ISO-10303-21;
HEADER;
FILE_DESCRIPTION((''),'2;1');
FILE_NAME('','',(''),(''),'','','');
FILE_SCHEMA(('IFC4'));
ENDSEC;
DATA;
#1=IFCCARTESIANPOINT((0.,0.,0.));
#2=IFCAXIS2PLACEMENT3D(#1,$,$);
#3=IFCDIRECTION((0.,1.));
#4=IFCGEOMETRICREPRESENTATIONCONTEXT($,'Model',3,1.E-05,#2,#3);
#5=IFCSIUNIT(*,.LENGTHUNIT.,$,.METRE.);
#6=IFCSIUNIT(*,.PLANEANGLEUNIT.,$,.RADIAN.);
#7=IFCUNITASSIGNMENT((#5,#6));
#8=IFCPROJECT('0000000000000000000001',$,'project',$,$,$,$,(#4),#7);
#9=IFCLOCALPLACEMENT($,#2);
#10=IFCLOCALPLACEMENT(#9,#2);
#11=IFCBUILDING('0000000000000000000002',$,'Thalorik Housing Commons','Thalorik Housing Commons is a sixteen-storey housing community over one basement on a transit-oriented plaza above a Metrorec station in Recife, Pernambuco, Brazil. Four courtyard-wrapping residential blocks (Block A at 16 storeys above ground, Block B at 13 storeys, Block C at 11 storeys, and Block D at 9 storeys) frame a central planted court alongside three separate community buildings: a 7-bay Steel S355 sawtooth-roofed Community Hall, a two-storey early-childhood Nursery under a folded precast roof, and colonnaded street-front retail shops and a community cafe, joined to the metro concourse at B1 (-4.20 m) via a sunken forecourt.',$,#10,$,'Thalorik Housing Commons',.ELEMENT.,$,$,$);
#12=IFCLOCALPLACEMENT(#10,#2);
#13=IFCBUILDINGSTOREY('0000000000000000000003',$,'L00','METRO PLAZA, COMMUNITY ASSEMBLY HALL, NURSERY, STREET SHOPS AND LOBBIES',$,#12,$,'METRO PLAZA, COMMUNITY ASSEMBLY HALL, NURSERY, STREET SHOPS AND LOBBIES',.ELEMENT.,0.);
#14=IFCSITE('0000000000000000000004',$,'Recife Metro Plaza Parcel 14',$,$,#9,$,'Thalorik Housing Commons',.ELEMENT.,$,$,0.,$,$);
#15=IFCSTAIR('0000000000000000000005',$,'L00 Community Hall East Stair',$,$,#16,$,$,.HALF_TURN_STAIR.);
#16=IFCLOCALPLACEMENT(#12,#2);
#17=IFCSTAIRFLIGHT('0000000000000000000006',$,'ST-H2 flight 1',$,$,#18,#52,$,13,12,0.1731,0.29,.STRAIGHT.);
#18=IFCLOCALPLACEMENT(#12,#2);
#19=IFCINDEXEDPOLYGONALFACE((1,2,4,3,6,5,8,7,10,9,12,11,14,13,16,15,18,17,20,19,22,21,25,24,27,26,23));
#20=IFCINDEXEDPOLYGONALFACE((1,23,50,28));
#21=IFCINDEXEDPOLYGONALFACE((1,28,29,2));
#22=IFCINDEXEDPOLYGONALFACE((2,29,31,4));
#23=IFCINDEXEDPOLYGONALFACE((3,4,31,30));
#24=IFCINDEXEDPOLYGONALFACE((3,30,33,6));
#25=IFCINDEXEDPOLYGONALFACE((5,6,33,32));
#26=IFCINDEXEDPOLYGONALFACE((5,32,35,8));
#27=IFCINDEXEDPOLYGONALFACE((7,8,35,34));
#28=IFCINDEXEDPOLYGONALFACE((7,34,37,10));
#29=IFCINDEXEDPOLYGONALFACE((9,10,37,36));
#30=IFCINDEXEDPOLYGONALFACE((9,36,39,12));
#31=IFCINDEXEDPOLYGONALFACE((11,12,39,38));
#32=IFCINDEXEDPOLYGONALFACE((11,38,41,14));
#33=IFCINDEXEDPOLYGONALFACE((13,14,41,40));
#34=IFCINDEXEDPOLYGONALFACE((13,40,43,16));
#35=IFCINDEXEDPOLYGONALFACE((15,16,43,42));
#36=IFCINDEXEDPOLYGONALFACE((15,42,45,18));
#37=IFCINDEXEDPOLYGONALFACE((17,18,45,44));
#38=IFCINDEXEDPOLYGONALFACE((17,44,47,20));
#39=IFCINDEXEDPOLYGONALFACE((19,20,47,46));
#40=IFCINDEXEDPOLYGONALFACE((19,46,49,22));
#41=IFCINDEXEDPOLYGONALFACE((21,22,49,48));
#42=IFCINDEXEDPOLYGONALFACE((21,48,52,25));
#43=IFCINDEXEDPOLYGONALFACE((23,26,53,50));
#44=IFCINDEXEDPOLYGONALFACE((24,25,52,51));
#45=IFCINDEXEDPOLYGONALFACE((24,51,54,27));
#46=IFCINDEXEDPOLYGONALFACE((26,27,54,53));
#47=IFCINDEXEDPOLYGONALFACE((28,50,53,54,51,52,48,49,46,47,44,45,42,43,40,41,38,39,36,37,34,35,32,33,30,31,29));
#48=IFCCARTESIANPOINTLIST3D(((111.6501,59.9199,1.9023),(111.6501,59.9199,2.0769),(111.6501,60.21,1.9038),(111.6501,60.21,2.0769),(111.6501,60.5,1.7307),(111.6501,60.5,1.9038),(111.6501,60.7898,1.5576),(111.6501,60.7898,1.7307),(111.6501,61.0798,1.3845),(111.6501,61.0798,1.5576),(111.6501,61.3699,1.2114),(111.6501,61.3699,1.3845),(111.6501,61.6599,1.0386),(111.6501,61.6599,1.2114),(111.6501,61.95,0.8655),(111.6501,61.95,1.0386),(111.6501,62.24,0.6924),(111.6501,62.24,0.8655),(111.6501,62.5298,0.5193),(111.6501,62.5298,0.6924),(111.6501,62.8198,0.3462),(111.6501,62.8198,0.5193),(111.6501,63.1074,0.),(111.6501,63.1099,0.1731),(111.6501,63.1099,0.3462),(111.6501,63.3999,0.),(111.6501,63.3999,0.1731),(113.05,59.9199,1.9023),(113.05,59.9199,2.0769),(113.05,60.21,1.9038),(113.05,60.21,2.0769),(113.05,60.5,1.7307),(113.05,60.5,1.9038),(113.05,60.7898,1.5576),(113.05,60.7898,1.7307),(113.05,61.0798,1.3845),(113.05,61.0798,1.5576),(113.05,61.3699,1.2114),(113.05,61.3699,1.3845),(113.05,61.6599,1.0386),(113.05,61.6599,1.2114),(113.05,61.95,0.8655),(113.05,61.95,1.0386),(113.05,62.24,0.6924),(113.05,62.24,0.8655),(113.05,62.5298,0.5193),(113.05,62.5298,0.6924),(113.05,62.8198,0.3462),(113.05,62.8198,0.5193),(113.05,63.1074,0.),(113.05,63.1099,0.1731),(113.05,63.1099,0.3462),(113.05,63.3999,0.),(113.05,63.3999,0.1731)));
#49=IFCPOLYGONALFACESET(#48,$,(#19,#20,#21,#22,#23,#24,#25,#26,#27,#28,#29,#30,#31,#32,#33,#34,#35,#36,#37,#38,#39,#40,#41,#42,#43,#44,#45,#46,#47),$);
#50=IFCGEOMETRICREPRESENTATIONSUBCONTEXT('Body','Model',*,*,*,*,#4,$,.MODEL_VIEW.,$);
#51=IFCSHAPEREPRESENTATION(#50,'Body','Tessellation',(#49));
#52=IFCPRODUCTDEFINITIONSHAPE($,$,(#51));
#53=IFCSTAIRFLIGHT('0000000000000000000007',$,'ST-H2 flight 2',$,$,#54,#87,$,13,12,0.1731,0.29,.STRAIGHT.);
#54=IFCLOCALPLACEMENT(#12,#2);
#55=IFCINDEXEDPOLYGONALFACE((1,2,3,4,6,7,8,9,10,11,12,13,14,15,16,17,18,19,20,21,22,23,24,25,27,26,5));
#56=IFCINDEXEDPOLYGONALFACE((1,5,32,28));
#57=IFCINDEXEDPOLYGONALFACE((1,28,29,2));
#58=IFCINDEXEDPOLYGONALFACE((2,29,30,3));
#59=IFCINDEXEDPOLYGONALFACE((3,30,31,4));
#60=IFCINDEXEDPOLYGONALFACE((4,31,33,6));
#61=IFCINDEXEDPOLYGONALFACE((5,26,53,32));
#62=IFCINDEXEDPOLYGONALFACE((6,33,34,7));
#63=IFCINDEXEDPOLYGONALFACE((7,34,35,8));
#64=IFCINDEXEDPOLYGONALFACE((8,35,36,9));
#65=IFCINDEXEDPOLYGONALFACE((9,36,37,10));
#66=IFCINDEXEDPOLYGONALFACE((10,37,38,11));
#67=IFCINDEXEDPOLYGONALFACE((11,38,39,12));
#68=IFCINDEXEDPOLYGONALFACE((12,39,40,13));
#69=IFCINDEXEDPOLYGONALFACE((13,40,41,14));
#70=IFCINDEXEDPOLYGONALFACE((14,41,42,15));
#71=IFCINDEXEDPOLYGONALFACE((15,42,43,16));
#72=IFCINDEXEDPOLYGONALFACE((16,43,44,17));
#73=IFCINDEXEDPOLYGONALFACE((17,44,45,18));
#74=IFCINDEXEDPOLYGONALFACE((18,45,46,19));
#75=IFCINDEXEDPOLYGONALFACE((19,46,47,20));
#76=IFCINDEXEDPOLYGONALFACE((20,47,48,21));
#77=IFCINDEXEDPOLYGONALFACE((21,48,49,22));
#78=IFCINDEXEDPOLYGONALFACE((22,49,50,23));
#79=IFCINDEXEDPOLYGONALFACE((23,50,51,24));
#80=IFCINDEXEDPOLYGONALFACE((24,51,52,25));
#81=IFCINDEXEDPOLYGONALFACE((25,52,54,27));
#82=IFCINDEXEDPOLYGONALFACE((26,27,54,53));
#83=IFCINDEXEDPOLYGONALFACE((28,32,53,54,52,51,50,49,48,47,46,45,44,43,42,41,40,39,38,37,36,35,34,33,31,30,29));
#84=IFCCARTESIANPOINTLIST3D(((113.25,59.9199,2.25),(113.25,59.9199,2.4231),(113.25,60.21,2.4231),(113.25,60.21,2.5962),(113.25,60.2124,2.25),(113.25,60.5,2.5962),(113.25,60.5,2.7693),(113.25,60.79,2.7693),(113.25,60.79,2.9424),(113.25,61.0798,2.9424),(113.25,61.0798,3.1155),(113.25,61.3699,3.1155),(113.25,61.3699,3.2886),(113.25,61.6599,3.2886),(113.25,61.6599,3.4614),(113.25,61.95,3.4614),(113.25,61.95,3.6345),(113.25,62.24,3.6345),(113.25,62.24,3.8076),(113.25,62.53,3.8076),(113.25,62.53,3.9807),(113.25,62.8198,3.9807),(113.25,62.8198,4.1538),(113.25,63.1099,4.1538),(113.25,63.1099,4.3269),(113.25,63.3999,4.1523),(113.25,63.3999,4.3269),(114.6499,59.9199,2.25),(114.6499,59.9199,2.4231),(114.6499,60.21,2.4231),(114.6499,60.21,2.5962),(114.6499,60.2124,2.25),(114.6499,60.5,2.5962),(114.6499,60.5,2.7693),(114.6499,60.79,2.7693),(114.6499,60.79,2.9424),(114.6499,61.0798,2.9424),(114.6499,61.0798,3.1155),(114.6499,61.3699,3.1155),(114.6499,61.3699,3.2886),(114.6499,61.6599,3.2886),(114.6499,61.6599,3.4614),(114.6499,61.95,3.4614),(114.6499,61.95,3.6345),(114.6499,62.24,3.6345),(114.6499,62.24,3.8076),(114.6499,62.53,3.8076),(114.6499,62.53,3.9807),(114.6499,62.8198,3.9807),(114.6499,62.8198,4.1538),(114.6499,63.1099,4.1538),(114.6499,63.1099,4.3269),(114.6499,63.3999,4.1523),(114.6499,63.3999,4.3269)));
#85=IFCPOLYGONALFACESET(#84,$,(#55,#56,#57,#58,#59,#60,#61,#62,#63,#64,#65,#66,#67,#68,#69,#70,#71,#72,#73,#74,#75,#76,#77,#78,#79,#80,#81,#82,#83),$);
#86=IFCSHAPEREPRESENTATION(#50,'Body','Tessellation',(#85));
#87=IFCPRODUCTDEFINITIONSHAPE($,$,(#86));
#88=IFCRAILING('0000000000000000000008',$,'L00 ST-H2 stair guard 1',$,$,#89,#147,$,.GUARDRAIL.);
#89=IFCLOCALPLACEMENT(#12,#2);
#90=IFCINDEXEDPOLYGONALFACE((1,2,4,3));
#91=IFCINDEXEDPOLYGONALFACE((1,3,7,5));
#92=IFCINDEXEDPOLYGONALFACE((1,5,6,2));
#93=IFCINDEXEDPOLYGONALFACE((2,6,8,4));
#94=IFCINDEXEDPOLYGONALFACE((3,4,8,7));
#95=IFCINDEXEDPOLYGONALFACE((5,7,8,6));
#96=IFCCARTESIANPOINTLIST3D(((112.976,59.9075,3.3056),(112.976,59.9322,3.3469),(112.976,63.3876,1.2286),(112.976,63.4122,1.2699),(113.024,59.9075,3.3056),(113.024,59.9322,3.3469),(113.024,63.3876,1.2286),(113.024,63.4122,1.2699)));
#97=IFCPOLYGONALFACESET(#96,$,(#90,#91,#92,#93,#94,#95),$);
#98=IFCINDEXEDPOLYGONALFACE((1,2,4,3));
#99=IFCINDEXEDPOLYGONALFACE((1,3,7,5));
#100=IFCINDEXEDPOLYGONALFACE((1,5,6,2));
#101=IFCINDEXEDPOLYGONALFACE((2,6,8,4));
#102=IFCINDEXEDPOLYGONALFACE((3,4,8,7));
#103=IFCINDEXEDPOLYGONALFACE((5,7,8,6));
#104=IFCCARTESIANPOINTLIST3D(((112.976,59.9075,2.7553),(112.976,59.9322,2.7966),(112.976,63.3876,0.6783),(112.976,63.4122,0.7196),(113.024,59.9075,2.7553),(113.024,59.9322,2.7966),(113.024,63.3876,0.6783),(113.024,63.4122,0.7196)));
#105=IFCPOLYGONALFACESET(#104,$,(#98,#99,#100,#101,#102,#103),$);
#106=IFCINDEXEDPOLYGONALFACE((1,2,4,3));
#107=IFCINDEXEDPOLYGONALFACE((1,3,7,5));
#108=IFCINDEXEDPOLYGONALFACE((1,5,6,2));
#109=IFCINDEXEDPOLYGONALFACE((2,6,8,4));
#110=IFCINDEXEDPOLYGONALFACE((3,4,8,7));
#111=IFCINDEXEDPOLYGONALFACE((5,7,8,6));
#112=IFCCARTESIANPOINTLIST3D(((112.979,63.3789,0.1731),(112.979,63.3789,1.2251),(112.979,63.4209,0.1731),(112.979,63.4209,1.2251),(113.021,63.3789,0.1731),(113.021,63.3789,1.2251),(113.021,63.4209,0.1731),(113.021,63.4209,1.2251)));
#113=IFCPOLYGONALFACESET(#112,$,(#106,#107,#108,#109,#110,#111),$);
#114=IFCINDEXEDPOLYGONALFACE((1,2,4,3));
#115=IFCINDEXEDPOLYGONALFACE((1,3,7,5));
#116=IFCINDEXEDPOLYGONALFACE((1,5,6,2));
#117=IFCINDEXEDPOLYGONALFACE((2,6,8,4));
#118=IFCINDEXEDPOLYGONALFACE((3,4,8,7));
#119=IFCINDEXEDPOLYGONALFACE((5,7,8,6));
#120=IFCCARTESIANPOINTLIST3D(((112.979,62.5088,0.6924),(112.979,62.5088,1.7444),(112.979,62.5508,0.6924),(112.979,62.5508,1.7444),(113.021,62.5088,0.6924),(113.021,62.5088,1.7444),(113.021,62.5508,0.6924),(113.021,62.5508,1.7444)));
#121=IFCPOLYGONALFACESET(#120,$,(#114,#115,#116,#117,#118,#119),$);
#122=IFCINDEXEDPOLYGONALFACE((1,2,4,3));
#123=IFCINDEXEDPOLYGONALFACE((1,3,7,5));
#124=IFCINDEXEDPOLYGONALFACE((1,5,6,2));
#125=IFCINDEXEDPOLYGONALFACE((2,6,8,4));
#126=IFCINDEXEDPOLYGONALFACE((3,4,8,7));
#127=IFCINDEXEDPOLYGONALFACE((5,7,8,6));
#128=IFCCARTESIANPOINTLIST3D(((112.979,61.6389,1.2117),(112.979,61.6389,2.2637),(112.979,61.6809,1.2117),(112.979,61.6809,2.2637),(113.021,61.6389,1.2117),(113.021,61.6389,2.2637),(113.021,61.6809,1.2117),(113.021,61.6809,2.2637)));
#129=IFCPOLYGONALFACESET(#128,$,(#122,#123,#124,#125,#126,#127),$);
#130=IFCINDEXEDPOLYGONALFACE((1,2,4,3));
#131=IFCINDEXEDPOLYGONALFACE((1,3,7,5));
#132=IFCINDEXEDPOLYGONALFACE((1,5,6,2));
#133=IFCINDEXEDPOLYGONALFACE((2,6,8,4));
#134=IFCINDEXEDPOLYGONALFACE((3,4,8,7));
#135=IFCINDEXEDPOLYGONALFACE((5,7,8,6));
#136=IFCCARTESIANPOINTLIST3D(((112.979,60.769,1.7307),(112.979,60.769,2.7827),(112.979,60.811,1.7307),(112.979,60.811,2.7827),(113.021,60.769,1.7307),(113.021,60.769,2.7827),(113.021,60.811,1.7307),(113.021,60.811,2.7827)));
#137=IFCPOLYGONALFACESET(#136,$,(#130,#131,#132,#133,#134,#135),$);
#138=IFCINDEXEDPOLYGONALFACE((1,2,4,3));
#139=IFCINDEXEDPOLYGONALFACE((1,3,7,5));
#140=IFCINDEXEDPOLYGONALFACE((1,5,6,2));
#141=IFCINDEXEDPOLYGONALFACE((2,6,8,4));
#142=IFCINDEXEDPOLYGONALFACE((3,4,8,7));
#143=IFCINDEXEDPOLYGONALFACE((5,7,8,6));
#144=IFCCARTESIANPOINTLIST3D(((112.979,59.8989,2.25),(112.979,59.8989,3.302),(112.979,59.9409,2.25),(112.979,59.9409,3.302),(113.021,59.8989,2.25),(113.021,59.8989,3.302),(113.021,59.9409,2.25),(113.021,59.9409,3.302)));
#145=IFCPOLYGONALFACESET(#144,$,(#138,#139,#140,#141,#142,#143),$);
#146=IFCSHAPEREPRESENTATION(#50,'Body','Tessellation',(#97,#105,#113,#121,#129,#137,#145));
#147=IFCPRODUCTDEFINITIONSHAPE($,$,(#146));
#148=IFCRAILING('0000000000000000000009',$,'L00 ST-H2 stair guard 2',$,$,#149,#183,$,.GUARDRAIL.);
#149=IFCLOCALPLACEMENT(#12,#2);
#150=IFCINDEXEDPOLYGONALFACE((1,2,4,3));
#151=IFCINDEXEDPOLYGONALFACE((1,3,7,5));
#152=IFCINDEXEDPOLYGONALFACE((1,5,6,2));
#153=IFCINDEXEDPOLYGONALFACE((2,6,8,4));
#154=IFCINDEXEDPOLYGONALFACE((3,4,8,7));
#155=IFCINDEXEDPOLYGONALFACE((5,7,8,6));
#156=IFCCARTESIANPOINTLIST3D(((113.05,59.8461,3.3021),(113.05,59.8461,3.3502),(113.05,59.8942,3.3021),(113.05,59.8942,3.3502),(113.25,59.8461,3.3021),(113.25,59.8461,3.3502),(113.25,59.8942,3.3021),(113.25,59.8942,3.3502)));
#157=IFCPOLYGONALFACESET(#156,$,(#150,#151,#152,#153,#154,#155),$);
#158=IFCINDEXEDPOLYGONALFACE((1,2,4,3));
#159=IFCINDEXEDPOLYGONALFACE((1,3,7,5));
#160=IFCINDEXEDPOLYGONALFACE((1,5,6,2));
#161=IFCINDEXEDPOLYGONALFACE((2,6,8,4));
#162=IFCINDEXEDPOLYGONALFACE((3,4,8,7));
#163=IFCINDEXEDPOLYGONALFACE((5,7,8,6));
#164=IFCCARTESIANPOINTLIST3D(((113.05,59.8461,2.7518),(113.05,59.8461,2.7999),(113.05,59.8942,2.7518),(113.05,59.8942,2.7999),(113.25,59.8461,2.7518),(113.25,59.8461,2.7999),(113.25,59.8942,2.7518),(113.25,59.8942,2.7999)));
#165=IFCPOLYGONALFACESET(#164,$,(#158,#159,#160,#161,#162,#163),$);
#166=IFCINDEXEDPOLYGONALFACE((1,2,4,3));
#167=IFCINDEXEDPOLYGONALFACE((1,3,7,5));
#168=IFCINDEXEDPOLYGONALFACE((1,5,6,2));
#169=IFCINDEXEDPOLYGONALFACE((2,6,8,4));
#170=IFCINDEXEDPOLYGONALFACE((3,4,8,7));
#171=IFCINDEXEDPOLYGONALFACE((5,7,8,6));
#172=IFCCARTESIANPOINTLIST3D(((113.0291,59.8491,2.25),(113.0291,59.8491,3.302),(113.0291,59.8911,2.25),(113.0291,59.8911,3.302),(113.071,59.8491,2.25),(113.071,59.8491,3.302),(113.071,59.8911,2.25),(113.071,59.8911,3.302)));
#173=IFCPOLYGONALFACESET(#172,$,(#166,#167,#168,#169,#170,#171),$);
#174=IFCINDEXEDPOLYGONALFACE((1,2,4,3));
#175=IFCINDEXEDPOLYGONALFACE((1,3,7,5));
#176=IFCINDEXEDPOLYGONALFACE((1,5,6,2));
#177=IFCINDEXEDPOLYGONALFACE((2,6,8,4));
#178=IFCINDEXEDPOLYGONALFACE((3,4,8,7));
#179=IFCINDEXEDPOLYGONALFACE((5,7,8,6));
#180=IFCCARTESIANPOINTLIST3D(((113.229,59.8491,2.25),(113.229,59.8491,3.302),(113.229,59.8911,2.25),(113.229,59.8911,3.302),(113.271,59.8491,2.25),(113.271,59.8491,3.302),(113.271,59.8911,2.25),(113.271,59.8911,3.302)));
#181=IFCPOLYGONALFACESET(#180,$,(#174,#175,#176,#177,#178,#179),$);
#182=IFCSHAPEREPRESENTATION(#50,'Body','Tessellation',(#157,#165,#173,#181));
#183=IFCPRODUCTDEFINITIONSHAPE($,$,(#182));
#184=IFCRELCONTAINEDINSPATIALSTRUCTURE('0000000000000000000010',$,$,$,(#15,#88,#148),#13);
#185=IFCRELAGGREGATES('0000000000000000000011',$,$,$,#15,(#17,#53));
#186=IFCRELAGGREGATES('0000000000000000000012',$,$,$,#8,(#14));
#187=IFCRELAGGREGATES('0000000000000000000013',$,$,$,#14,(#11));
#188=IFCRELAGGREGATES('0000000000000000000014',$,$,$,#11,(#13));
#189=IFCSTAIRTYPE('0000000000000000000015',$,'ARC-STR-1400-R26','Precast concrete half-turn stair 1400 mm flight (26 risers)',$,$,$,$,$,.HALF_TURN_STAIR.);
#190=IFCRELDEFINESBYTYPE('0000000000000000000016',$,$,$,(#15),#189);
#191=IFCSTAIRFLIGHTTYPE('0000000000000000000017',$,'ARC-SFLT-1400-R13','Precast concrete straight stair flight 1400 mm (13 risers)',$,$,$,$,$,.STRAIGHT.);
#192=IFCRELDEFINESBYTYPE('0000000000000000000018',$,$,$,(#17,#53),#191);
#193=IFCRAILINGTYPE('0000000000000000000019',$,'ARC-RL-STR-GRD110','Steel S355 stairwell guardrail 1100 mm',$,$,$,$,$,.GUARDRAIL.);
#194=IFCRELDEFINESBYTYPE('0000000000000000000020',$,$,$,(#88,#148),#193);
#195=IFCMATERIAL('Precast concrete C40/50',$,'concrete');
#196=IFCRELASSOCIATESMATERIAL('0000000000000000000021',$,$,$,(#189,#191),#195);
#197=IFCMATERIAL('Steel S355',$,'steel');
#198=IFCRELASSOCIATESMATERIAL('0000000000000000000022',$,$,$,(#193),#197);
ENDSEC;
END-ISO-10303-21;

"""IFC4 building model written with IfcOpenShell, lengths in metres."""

from ifc_helpers import new_model, si_unit, direction, frame, origin, origin_2d, place, context, subcontext, project, spatial, polyline, rectangle, outline, extrude, material, type_object, element, aggregate, save


model = new_model("IFC4")

# Units and contexts
model_context = context("Model", 3, precision=1e-05, world=origin(), true_north=direction((0.0, 1.0)))
body_context = subcontext(model_context, "Body", "Model", "MODEL_VIEW")
ifc_project = project(units=[si_unit("LENGTHUNIT", "METRE"), si_unit("PLANEANGLEUNIT", "RADIAN")], contexts=[model_context])

# Site, building, storey
site_placement = place(None, origin())
site = spatial("IfcSite", under=ifc_project, at=site_placement, Name="Recife Metro Plaza Parcel 14", LongName="Thalorik Housing Commons", CompositionType="ELEMENT", RefElevation=0.0)
building_placement = place(site_placement, origin())
building = spatial("IfcBuilding", under=site, at=building_placement, Name="Thalorik Housing Commons", Description="Thalorik Housing Commons is a sixteen-storey housing community over one basement on a transit-oriented plaza above a Metrorec station in Recife, Pernambuco, Brazil. Four courtyard-wrapping residential blocks (Block A at 16 storeys above ground, Block B at 13 storeys, Block C at 11 storeys, and Block D at 9 storeys) frame a central planted court alongside three separate community buildings: a 7-bay Steel S355 sawtooth-roofed Community Hall, a two-storey early-childhood Nursery under a folded precast roof, and colonnaded street-front retail shops and a community cafe, joined to the metro concourse at B1 (-4.20 m) via a sunken forecourt.", LongName="Thalorik Housing Commons", CompositionType="ELEMENT")
storey_placement = place(building_placement, origin())
storey = spatial("IfcBuildingStorey", under=building, at=storey_placement, Name="L00", Description="METRO PLAZA, COMMUNITY ASSEMBLY HALL, NURSERY, STREET SHOPS AND LOBBIES", LongName="METRO PLAZA, COMMUNITY ASSEMBLY HALL, NURSERY, STREET SHOPS AND LOBBIES", CompositionType="ELEMENT", Elevation=0.0)

# Shared definitions
ifc_material_1 = material(Name="Steel S355", Category="steel")

# Shared definitions
ifc_material_2 = material(Name="Precast concrete C40/50", Category="concrete")

# Stair, stair flights
stair_type = type_object("IfcStairType", Name="ARC-STR-1400-R26", Description="Precast concrete half-turn stair 1400 mm flight (26 risers)", PredefinedType="HALF_TURN_STAIR", material=ifc_material_2)
stair_placement = place(storey_placement, origin())
stair = element("IfcStair", 1, at=stair_placement, inside=storey, type_object=stair_type, Name="L00 Community Hall East Stair", PredefinedType="HALF_TURN_STAIR")
stair_flight_type = type_object("IfcStairFlightType", Name="ARC-SFLT-1400-R13", Description="Precast concrete straight stair flight 1400 mm (13 risers)", PredefinedType="STRAIGHT", material=ifc_material_2)
stair_flight_1_placement = place(storey_placement, frame((112.3501, 63.3999, 0.0), z_axis=(0.0, 0.0, 1.0), x_axis=(0.0, -1.0, 0.0)))
stair_flight_1 = element("IfcStairFlight", 2, at=stair_flight_1_placement, type_object=stair_flight_type, Name="ST-H2 flight 1", NumberOfRisers=13, NumberOfTreads=12, PredefinedType="STRAIGHT", RiserHeight=0.1731, TreadLength=0.29, context=body_context, shape_type="SweptSolid", body=[
    extrude(outline(polyline([(0.0, 0.0), (0.0, 0.1731), (0.29, 0.1731), (0.29, 0.3462), (0.5801, 0.3462), (0.5801, 0.5193), (0.8701, 0.5193), (0.8701, 0.6924), (1.1599, 0.6924), (1.1599, 0.8655), (1.45, 0.8655), (1.45, 1.0386), (1.74, 1.0386), (1.74, 1.2114), (2.03, 1.2114), (2.03, 1.3845), (2.3201, 1.3845), (2.3201, 1.5576), (2.6101, 1.5576), (2.6101, 1.7307), (2.8999, 1.7307), (2.8999, 1.9038), (3.1899, 1.9038), (3.1899, 2.0769), (3.48, 2.0769), (3.48, 2.25), (3.48, 1.9023), (0.2925, 0.0), (0.0, 0.0)])), frame((0.0, 0.7, 0.0), z_axis=(0.0, -1.0, 0.0), x_axis=(1.0, 0.0, 0.0)), (0.0, 0.0, 1.0), 1.3999),
])
stair_flight_2_placement = place(storey_placement, frame((113.95, 59.9199, 2.25), z_axis=(0.0, 0.0, 1.0), x_axis=(0.0, 1.0, 0.0)))
stair_flight_2 = element("IfcStairFlight", 3, at=stair_flight_2_placement, type_object=stair_flight_type, Name="ST-H2 flight 2", NumberOfRisers=13, NumberOfTreads=12, PredefinedType="STRAIGHT", RiserHeight=0.1731, TreadLength=0.29, context=body_context, shape_type="SweptSolid", body=[
    extrude(outline(polyline([(0.0, 0.0), (0.0, 0.1731), (0.29, 0.1731), (0.29, 0.3462), (0.5801, 0.3462), (0.5801, 0.5193), (0.8701, 0.5193), (0.8701, 0.6924), (1.1599, 0.6924), (1.1599, 0.8655), (1.45, 0.8655), (1.45, 1.0386), (1.74, 1.0386), (1.74, 1.2114), (2.03, 1.2114), (2.03, 1.3845), (2.3201, 1.3845), (2.3201, 1.5576), (2.6101, 1.5576), (2.6101, 1.7307), (2.8999, 1.7307), (2.8999, 1.9038), (3.1899, 1.9038), (3.1899, 2.0769), (3.48, 2.0769), (3.48, 2.25), (3.48, 1.9023), (0.2925, 0.0), (0.0, 0.0)])), frame((0.0, 0.7, 0.0), z_axis=(0.0, -1.0, 0.0), x_axis=(1.0, 0.0, 0.0)), (0.0, 0.0, 1.0), 1.3999),
])
aggregate(stair, [stair_flight_1, stair_flight_2])

# Railings
railing_type_1 = type_object("IfcRailingType", Name="ARC-RL-STR-GRD110", Description="Steel S355 stairwell guardrail 1100 mm", PredefinedType="GUARDRAIL", material=ifc_material_1)
railing_1_placement = place(storey_placement, frame((113.0, 63.3999, 0.1731)))
element("IfcRailing", 4, at=railing_1_placement, inside=storey, type_object=railing_type_1, Name="L00 ST-H2 stair guard 1", PredefinedType="GUARDRAIL", context=body_context, shape_type="SweptSolid", body=[
    extrude(rectangle(XDim=0.0481, YDim=0.0481, at=origin_2d()), frame((0.0, 0.0, 1.0762), z_axis=(0.0, -0.858697, 0.512483), x_axis=(1.0, 0.0, 0.0)), (0.0, 0.0, 1.0), 4.0527),
    extrude(rectangle(XDim=0.0481, YDim=0.0481, at=origin_2d()), frame((0.0, 0.0, 0.5259), z_axis=(0.0, -0.858697, 0.512483), x_axis=(1.0, 0.0, 0.0)), (0.0, 0.0, 1.0), 4.0527),
    extrude(rectangle(XDim=0.042, YDim=0.042, at=origin_2d()), origin(), (0.0, 0.0, 1.0), 1.052),
    extrude(rectangle(XDim=0.042, YDim=0.042, at=origin_2d()), frame((0.0, -0.8701, 0.5193)), (0.0, 0.0, 1.0), 1.052),
    extrude(rectangle(XDim=0.042, YDim=0.042, at=origin_2d()), frame((0.0, -1.74, 1.0386)), (0.0, 0.0, 1.0), 1.052),
    extrude(rectangle(XDim=0.042, YDim=0.042, at=origin_2d()), frame((0.0, -2.6099, 1.5576)), (0.0, 0.0, 1.0), 1.052),
    extrude(rectangle(XDim=0.042, YDim=0.042, at=origin_2d()), frame((0.0, -3.48, 2.0769)), (0.0, 0.0, 1.0), 1.052),
])
railing_2_placement = place(storey_placement, frame((113.05, 59.8701, 2.25)))
element("IfcRailing", 5, at=railing_2_placement, inside=storey, type_object=railing_type_1, Name="L00 ST-H2 stair guard 2", PredefinedType="GUARDRAIL", context=body_context, shape_type="SweptSolid", body=[
    extrude(rectangle(XDim=0.0481, YDim=0.0481, at=origin_2d()), frame((0.0, 0.0, 1.0762), z_axis=(1.0, 0.0, 0.0), x_axis=(0.0, 1.0, 0.0)), (0.0, 0.0, 1.0), 0.2),
    extrude(rectangle(XDim=0.0481, YDim=0.0481, at=origin_2d()), frame((0.0, 0.0, 0.5259), z_axis=(1.0, 0.0, 0.0), x_axis=(0.0, 1.0, 0.0)), (0.0, 0.0, 1.0), 0.2),
    extrude(rectangle(XDim=0.042, YDim=0.042, at=origin_2d()), origin(), (0.0, 0.0, 1.0), 1.052),
    extrude(rectangle(XDim=0.042, YDim=0.042, at=origin_2d()), frame((0.2, 0.0, 0.0)), (0.0, 0.0, 1.0), 1.052),
])

save(model, "model.ifc")
